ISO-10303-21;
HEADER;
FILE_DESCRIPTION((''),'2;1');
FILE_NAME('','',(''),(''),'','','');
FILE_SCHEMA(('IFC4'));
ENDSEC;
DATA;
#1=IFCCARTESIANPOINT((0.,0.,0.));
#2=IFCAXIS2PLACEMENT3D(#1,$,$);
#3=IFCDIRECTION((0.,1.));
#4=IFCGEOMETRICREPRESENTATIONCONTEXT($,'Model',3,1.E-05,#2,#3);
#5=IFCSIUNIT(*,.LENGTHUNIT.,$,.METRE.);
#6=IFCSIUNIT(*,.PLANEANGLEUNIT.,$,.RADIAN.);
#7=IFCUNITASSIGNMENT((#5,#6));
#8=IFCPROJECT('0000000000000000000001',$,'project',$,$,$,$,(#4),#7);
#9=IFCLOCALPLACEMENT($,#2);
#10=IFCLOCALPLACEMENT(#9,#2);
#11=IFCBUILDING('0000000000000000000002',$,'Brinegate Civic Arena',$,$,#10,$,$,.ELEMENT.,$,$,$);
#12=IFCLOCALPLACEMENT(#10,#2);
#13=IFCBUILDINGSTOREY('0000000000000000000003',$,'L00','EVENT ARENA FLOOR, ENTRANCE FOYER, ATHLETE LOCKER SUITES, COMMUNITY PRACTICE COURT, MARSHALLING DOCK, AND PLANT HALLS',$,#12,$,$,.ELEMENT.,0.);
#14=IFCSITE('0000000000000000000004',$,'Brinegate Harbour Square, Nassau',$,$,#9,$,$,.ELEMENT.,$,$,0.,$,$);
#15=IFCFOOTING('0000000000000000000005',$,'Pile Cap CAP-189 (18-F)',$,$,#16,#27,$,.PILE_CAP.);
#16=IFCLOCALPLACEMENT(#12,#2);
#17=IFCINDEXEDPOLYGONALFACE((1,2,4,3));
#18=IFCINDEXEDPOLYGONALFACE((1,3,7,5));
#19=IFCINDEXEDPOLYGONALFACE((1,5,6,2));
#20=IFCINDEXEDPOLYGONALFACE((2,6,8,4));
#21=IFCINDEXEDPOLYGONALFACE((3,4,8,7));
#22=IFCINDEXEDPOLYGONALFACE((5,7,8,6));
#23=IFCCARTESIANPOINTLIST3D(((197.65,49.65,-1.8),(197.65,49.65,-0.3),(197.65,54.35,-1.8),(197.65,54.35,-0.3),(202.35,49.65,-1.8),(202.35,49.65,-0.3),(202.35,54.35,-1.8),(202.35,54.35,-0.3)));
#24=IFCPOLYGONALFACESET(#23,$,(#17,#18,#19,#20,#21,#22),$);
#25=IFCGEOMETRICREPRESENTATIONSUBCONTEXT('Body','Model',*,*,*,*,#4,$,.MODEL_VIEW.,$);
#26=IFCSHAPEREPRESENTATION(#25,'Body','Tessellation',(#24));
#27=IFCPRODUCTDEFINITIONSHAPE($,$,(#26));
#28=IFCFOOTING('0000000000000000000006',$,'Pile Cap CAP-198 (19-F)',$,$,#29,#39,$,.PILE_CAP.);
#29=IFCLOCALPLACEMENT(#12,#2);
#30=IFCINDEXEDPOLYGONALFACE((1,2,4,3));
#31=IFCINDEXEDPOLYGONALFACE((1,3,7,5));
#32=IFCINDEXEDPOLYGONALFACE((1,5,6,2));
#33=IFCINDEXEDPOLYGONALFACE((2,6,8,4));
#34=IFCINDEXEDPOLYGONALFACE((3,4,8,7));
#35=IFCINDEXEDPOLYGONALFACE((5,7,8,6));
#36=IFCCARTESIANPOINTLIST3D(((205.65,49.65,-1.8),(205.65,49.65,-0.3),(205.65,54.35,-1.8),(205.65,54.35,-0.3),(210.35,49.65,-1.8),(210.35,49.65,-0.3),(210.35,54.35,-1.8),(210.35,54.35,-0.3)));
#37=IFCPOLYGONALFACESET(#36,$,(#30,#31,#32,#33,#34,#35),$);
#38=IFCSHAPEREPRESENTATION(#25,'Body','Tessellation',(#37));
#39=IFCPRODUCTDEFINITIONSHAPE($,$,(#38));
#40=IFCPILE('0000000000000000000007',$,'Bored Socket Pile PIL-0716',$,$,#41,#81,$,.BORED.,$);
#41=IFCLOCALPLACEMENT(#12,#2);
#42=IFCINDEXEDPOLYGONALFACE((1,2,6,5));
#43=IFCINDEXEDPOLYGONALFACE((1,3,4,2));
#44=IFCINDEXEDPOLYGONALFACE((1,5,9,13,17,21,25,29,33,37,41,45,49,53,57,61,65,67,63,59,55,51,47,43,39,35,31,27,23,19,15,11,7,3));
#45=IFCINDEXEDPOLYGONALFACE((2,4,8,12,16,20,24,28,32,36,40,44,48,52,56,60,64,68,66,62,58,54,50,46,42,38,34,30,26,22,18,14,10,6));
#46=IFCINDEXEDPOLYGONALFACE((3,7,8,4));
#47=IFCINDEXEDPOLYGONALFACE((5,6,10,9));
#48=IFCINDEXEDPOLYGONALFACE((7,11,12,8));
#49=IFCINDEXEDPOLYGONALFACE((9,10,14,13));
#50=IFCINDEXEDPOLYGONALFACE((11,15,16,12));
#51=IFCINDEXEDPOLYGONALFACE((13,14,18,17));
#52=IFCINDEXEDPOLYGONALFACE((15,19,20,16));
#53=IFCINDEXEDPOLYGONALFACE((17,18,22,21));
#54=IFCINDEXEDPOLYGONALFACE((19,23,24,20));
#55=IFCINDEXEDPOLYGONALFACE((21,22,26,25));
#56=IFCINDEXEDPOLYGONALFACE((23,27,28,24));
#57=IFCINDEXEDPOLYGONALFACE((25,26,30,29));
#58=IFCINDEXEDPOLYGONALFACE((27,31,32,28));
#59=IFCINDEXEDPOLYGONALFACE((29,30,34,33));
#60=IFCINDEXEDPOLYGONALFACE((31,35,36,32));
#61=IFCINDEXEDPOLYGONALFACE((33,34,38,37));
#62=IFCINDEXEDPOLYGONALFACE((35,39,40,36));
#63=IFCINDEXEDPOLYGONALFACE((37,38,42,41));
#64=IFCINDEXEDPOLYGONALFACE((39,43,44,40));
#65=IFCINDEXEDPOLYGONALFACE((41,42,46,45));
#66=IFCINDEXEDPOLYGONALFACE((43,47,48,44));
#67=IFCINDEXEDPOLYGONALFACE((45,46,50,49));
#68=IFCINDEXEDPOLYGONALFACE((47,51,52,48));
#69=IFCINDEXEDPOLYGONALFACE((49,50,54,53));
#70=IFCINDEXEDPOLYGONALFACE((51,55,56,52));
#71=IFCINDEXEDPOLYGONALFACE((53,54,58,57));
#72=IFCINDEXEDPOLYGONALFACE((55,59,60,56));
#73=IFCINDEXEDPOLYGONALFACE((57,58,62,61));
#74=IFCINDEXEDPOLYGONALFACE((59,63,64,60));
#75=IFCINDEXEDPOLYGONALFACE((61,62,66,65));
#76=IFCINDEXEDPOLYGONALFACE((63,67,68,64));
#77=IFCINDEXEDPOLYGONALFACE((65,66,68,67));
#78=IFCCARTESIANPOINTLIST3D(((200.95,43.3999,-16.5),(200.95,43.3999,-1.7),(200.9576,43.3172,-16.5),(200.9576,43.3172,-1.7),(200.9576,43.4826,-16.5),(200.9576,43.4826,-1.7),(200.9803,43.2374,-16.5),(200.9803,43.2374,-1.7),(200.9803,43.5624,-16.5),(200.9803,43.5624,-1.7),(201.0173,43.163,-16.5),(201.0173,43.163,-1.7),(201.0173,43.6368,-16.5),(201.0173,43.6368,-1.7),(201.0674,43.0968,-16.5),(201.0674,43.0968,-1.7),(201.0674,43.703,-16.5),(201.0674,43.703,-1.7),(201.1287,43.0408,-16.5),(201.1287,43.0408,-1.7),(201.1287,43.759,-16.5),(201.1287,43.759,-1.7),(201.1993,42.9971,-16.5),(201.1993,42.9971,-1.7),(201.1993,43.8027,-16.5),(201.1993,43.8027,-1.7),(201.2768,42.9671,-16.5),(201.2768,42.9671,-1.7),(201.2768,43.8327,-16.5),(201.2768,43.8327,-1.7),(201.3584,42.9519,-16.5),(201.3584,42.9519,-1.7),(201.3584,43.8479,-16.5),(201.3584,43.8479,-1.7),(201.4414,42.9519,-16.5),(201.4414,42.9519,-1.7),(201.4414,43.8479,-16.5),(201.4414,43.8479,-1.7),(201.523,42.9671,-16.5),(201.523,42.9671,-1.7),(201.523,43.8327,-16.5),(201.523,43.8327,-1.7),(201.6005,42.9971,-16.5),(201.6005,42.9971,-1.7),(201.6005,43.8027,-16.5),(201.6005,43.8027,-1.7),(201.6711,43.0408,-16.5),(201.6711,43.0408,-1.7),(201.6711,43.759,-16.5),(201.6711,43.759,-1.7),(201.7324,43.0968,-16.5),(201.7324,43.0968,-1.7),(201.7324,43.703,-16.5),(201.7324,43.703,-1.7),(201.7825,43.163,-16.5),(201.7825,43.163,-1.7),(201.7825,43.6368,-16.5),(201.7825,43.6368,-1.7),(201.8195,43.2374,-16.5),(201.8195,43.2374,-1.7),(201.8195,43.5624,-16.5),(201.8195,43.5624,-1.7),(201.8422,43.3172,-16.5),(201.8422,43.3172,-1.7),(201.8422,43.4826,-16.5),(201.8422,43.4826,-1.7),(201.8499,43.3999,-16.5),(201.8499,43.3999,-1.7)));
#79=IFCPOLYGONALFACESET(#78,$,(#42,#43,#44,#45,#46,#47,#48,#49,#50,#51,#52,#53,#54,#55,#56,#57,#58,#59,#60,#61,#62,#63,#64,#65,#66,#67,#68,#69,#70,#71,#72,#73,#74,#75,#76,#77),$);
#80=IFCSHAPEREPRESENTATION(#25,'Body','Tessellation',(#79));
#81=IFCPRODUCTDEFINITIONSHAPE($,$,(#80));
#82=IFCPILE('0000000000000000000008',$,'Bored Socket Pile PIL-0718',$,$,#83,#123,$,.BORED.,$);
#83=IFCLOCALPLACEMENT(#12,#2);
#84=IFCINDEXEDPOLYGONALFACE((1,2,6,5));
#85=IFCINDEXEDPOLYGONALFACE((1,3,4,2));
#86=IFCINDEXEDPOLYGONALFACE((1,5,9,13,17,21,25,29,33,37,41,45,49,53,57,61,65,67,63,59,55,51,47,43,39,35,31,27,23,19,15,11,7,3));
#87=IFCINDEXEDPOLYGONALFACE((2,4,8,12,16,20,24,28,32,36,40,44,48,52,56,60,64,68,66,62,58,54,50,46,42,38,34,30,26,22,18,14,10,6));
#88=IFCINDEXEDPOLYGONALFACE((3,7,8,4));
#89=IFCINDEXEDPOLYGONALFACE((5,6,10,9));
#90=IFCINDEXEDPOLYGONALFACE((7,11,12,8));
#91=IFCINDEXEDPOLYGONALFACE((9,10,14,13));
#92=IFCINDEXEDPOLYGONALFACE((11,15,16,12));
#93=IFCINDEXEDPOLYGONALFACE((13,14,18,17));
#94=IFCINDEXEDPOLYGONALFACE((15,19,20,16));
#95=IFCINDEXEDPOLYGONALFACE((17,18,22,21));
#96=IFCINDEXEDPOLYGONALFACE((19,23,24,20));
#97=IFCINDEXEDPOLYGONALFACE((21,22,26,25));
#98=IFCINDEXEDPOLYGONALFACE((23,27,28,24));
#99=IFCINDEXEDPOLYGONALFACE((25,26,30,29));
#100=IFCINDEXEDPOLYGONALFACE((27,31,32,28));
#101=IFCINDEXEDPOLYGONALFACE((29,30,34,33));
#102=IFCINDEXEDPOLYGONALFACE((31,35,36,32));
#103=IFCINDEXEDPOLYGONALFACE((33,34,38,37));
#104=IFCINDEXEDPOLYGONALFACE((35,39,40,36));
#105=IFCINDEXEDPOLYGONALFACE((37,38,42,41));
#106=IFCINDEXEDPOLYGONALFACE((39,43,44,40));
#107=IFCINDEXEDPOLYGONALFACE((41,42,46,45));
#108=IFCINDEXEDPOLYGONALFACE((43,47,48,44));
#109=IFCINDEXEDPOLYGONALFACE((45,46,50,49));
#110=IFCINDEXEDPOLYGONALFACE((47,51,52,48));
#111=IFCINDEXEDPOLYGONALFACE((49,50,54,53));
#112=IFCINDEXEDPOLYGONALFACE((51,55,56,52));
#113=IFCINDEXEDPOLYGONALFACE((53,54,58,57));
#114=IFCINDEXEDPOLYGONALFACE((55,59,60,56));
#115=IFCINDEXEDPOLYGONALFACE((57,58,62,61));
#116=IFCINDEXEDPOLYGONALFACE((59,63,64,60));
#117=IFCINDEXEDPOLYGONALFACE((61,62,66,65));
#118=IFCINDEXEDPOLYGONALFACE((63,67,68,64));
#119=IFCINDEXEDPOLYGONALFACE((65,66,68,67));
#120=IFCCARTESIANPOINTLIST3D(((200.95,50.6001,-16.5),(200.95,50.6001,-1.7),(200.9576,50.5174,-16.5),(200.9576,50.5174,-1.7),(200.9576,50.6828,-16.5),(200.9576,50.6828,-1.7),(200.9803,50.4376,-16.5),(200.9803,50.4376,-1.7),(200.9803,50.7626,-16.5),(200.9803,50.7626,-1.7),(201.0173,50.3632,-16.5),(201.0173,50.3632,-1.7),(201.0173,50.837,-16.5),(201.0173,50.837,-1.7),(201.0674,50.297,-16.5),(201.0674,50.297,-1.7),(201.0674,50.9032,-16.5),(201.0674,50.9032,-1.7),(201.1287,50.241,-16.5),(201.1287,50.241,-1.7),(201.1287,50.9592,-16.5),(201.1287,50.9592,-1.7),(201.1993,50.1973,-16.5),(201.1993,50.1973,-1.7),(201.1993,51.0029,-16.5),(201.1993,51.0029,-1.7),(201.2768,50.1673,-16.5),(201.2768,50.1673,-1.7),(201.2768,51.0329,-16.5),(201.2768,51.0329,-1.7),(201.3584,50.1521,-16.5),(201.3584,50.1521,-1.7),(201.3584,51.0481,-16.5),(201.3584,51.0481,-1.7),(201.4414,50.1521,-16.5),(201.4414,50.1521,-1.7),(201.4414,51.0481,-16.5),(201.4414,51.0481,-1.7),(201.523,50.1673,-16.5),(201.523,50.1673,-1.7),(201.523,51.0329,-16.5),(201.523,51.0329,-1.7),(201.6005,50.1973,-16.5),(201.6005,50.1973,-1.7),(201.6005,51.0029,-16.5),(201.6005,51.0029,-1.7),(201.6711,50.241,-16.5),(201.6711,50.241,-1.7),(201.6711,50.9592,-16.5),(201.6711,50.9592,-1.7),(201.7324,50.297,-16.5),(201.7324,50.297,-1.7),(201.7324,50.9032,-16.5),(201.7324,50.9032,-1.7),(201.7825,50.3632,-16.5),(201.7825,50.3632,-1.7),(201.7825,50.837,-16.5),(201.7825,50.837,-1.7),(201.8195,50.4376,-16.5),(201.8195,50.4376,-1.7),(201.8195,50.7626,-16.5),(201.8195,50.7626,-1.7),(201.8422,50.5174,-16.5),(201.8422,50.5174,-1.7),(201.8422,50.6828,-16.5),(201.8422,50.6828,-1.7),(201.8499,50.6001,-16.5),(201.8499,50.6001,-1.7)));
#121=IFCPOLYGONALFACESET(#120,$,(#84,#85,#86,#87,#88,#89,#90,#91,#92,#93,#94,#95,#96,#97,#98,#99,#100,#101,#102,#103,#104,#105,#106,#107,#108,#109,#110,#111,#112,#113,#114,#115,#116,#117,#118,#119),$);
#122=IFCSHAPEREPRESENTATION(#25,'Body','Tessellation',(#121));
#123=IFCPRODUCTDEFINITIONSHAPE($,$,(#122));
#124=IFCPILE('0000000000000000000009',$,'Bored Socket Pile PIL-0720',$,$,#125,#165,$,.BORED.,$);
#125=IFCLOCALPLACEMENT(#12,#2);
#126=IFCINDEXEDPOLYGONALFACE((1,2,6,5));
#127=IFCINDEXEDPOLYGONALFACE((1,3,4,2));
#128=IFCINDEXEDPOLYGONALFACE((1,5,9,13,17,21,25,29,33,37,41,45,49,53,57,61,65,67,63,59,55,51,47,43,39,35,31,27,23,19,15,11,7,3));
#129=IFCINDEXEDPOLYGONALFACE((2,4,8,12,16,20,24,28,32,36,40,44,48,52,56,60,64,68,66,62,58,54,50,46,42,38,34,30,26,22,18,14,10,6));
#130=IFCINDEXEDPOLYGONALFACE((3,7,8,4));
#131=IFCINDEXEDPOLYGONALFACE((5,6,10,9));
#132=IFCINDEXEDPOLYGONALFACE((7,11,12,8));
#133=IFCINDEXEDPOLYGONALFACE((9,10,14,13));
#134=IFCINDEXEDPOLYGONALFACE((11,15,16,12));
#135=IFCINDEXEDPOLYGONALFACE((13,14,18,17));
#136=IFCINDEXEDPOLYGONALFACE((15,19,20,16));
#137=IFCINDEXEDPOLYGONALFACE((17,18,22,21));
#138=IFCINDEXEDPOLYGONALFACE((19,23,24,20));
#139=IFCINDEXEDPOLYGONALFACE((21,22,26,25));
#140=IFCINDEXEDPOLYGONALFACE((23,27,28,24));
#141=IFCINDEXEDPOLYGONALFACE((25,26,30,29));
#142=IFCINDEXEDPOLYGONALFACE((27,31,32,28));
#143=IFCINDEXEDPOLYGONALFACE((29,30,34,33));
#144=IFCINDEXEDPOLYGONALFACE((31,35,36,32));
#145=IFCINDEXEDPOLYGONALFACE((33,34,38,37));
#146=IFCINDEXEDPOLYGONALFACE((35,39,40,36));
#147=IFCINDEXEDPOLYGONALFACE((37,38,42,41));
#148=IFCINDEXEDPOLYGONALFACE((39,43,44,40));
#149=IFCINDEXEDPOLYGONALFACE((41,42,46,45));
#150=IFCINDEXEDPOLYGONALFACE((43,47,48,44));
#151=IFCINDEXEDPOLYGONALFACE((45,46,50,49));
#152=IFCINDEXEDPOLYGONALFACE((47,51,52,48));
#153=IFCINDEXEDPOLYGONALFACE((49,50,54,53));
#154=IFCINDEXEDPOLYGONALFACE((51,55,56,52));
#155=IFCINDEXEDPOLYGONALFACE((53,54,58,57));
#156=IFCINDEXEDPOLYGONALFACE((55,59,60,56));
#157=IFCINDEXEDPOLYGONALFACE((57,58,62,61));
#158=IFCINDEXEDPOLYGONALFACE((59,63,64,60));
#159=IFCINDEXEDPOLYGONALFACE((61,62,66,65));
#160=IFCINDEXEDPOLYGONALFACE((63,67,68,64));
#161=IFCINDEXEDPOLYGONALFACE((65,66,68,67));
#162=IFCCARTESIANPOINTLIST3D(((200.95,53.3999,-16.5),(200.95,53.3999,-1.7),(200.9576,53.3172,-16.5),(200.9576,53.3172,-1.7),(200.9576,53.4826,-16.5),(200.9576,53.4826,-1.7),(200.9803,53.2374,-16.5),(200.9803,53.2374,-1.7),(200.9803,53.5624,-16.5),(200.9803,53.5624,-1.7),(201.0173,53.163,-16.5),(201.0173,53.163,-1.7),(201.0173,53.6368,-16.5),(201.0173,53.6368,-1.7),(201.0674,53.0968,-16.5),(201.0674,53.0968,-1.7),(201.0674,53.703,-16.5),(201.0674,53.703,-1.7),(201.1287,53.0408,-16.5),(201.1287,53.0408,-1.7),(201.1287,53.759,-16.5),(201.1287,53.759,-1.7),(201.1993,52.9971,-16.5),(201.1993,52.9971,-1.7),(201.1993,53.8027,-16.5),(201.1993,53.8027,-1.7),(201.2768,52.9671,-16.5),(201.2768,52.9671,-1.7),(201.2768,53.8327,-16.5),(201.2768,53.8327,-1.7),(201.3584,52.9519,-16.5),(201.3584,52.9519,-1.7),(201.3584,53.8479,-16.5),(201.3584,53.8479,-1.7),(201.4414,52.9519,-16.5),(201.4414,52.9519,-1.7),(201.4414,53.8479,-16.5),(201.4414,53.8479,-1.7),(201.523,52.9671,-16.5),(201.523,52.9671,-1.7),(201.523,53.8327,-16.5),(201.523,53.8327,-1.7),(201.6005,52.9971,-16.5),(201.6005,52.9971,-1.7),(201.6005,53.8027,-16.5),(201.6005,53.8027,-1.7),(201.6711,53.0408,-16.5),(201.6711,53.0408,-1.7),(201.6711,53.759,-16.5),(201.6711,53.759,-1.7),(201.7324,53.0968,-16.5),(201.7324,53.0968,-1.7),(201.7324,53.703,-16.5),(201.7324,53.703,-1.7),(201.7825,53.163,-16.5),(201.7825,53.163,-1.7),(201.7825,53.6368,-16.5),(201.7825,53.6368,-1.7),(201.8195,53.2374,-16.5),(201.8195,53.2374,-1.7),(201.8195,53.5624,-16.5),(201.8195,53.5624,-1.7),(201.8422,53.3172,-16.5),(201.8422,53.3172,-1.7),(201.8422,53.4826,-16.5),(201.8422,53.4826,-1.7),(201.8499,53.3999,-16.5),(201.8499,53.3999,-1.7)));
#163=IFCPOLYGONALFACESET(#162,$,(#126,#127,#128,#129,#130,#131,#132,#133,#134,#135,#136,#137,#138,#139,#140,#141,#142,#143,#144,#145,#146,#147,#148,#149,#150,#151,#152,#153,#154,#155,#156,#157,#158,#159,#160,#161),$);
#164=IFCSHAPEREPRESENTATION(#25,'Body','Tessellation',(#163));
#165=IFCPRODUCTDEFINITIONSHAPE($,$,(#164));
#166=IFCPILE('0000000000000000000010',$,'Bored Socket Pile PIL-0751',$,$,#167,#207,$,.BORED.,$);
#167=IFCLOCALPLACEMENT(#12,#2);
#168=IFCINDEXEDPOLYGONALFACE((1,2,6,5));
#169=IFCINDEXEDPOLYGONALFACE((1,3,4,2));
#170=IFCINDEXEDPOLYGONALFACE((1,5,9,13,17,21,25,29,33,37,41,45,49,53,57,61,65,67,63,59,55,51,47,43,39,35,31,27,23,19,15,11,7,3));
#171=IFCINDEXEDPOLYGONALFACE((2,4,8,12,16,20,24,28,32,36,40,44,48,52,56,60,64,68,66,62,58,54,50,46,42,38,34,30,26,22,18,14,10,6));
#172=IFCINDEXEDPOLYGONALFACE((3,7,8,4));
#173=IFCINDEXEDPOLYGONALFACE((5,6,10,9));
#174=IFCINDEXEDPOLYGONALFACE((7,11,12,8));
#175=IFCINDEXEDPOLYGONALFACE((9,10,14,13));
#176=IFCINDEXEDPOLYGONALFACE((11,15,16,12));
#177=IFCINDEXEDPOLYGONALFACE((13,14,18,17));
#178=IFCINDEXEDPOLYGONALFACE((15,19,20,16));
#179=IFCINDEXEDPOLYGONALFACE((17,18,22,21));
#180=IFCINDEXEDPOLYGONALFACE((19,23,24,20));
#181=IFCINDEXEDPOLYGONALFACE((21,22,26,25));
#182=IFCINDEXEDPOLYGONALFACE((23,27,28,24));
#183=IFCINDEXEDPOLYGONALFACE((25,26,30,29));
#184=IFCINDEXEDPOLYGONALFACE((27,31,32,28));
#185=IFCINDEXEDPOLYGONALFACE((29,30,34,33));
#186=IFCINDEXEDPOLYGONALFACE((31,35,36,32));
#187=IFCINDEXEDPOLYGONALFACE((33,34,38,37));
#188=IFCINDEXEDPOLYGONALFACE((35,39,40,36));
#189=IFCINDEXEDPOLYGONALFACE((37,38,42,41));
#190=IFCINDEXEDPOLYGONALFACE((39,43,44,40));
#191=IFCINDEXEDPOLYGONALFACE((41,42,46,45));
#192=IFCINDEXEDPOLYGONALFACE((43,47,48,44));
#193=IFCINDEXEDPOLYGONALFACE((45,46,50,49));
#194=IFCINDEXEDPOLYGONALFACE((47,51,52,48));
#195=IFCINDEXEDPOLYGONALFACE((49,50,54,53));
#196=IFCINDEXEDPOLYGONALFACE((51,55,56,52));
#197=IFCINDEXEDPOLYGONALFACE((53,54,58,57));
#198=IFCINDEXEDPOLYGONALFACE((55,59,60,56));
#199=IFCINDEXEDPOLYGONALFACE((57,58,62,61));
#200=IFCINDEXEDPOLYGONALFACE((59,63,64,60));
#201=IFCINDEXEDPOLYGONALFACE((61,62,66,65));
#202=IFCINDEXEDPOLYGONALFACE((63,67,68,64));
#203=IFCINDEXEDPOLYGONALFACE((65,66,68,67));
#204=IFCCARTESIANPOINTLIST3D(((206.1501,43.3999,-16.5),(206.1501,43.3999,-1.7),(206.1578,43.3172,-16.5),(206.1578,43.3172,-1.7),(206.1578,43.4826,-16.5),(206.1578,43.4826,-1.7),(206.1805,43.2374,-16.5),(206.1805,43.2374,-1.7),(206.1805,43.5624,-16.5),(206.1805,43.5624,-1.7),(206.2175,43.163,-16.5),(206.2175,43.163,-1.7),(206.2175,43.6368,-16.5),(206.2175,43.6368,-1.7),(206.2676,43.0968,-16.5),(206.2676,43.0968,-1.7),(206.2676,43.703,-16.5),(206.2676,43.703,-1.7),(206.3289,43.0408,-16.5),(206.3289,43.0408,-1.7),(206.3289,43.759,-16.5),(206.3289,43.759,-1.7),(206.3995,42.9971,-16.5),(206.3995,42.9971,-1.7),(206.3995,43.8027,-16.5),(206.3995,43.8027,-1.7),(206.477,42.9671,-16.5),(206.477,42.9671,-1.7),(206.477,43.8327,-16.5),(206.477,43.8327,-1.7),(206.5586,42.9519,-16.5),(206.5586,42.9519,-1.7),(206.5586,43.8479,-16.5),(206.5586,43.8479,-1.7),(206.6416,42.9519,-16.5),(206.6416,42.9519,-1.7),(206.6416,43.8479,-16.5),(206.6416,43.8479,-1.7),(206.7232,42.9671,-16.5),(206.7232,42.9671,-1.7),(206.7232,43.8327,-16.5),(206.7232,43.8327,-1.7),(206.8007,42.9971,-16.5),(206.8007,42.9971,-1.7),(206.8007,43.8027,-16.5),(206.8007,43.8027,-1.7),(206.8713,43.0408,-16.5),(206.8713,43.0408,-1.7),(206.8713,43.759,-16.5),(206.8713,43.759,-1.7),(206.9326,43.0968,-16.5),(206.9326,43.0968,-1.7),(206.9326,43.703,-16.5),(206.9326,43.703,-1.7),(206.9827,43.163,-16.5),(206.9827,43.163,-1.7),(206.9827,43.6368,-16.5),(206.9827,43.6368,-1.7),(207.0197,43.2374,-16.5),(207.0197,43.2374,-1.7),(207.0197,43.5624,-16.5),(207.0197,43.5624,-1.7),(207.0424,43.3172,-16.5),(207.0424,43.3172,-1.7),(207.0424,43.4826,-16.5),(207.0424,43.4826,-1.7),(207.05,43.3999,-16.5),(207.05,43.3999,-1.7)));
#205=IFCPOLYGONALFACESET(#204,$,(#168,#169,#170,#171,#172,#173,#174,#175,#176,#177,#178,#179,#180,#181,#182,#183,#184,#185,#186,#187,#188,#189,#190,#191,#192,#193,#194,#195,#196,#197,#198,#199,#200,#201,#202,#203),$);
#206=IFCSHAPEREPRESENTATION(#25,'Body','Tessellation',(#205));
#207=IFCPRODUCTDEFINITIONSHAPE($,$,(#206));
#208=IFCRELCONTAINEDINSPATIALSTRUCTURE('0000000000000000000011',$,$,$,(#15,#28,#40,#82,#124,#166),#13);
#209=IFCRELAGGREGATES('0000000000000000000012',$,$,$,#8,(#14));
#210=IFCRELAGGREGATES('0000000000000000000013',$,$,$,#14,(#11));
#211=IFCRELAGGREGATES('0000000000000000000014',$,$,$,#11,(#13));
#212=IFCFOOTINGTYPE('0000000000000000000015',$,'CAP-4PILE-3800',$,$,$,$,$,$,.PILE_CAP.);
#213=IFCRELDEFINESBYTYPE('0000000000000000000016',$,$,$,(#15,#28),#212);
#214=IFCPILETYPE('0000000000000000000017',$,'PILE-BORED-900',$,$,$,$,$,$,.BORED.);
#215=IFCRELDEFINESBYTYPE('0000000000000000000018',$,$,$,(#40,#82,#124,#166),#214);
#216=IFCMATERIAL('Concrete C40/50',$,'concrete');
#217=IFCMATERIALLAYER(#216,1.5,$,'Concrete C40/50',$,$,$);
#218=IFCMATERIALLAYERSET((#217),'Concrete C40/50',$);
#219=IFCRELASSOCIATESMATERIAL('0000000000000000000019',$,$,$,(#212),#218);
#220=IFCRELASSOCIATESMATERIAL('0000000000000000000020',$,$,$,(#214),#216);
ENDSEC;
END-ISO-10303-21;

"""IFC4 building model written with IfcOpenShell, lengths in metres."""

from ifc_helpers import new_model, si_unit, direction, frame, origin, origin_2d, place, context, subcontext, project, spatial, rectangle, circle, extrude, material, layer, layer_set, material_profile, profile_set, type_object, element, save


model = new_model("IFC4")

# Units and contexts
model_context = context("Model", 3, precision=1e-05, world=origin(), true_north=direction((0.0, 1.0)))
body_context = subcontext(model_context, "Body", "Model", "MODEL_VIEW")
ifc_project = project(units=[si_unit("LENGTHUNIT", "METRE"), si_unit("PLANEANGLEUNIT", "RADIAN")], contexts=[model_context])

# Site, building, storey
site_placement = place(None, origin())
site = spatial("IfcSite", under=ifc_project, at=site_placement, Name="Brinegate Harbour Square, Nassau", CompositionType="ELEMENT", RefElevation=0.0)
building_placement = place(site_placement, origin())
building = spatial("IfcBuilding", under=site, at=building_placement, Name="Brinegate Civic Arena", CompositionType="ELEMENT")
storey_placement = place(building_placement, origin())
storey = spatial("IfcBuildingStorey", under=building, at=storey_placement, Name="L00", Description="EVENT ARENA FLOOR, ENTRANCE FOYER, ATHLETE LOCKER SUITES, COMMUNITY PRACTICE COURT, MARSHALLING DOCK, AND PLANT HALLS", CompositionType="ELEMENT", Elevation=0.0)

# Footings
ifc_material_1 = material(Name="Concrete C40/50", Category="concrete")
ifc_layer_1 = layer(ifc_material_1, 1.5, Name="Concrete C40/50")
ifc_layer_set_1 = layer_set([ifc_layer_1], Name="Concrete C40/50")
footing_type_1 = type_object("IfcFootingType", Name="CAP-4PILE-3800", PredefinedType="PILE_CAP", material=ifc_layer_set_1)
for number, where, z_axis, x_axis, name in (
    (1, (200.0, 52.0, -1.8), (0.0, 0.0, 1.0), (1.0, 0.0, 0.0), "Pile Cap CAP-189 (18-F)"),
    (2, (208.0, 52.0, -1.8), (0.0, 0.0, 1.0), (1.0, 0.0, 0.0), "Pile Cap CAP-198 (19-F)"),
):
    element("IfcFooting", number, at=place(storey_placement, frame(where, z_axis=z_axis, x_axis=x_axis)), inside=storey, type_object=footing_type_1, Name=name, PredefinedType="PILE_CAP", context=body_context, shape_type="SweptSolid", body=[
        extrude(rectangle(XDim=4.7, YDim=4.7, at=origin_2d()), origin(), (0.0, 0.0, 1.0), 1.5),
    ])

# Piles
ifc_material_profile_1 = material_profile(ifc_material_1, circle(Radius=0.45, at=origin_2d()), Name="PILED900")
ifc_profile_set_1 = profile_set([ifc_material_profile_1], Name="Concrete C40/50")
pile_type = type_object("IfcPileType", Name="PILE-BORED-900", PredefinedType="BORED", material=ifc_profile_set_1)
for number, where, z_axis, x_axis, name in (
    (3, (201.3999, 43.3999, -1.7), (0.0, 0.0, -1.0), (1.0, 0.0, 0.0), "Bored Socket Pile PIL-0716"),
    (4, (201.3999, 50.6001, -1.7), (0.0, 0.0, -1.0), (1.0, 0.0, 0.0), "Bored Socket Pile PIL-0718"),
    (5, (201.3999, 53.3999, -1.7), (0.0, 0.0, -1.0), (1.0, 0.0, 0.0), "Bored Socket Pile PIL-0720"),
    (6, (206.6001, 43.3999, -1.7), (0.0, 0.0, -1.0), (1.0, 0.0, 0.0), "Bored Socket Pile PIL-0751"),
):
    element("IfcPile", number, at=place(storey_placement, frame(where, z_axis=z_axis, x_axis=x_axis)), inside=storey, type_object=pile_type, Name=name, PredefinedType="BORED", context=body_context, shape_type="SweptSolid", body=[
        extrude(circle(Radius=0.45, at=origin_2d()), origin(), (0.0, 0.0, 1.0), 14.8),
    ])

save(model, "model.ifc")
